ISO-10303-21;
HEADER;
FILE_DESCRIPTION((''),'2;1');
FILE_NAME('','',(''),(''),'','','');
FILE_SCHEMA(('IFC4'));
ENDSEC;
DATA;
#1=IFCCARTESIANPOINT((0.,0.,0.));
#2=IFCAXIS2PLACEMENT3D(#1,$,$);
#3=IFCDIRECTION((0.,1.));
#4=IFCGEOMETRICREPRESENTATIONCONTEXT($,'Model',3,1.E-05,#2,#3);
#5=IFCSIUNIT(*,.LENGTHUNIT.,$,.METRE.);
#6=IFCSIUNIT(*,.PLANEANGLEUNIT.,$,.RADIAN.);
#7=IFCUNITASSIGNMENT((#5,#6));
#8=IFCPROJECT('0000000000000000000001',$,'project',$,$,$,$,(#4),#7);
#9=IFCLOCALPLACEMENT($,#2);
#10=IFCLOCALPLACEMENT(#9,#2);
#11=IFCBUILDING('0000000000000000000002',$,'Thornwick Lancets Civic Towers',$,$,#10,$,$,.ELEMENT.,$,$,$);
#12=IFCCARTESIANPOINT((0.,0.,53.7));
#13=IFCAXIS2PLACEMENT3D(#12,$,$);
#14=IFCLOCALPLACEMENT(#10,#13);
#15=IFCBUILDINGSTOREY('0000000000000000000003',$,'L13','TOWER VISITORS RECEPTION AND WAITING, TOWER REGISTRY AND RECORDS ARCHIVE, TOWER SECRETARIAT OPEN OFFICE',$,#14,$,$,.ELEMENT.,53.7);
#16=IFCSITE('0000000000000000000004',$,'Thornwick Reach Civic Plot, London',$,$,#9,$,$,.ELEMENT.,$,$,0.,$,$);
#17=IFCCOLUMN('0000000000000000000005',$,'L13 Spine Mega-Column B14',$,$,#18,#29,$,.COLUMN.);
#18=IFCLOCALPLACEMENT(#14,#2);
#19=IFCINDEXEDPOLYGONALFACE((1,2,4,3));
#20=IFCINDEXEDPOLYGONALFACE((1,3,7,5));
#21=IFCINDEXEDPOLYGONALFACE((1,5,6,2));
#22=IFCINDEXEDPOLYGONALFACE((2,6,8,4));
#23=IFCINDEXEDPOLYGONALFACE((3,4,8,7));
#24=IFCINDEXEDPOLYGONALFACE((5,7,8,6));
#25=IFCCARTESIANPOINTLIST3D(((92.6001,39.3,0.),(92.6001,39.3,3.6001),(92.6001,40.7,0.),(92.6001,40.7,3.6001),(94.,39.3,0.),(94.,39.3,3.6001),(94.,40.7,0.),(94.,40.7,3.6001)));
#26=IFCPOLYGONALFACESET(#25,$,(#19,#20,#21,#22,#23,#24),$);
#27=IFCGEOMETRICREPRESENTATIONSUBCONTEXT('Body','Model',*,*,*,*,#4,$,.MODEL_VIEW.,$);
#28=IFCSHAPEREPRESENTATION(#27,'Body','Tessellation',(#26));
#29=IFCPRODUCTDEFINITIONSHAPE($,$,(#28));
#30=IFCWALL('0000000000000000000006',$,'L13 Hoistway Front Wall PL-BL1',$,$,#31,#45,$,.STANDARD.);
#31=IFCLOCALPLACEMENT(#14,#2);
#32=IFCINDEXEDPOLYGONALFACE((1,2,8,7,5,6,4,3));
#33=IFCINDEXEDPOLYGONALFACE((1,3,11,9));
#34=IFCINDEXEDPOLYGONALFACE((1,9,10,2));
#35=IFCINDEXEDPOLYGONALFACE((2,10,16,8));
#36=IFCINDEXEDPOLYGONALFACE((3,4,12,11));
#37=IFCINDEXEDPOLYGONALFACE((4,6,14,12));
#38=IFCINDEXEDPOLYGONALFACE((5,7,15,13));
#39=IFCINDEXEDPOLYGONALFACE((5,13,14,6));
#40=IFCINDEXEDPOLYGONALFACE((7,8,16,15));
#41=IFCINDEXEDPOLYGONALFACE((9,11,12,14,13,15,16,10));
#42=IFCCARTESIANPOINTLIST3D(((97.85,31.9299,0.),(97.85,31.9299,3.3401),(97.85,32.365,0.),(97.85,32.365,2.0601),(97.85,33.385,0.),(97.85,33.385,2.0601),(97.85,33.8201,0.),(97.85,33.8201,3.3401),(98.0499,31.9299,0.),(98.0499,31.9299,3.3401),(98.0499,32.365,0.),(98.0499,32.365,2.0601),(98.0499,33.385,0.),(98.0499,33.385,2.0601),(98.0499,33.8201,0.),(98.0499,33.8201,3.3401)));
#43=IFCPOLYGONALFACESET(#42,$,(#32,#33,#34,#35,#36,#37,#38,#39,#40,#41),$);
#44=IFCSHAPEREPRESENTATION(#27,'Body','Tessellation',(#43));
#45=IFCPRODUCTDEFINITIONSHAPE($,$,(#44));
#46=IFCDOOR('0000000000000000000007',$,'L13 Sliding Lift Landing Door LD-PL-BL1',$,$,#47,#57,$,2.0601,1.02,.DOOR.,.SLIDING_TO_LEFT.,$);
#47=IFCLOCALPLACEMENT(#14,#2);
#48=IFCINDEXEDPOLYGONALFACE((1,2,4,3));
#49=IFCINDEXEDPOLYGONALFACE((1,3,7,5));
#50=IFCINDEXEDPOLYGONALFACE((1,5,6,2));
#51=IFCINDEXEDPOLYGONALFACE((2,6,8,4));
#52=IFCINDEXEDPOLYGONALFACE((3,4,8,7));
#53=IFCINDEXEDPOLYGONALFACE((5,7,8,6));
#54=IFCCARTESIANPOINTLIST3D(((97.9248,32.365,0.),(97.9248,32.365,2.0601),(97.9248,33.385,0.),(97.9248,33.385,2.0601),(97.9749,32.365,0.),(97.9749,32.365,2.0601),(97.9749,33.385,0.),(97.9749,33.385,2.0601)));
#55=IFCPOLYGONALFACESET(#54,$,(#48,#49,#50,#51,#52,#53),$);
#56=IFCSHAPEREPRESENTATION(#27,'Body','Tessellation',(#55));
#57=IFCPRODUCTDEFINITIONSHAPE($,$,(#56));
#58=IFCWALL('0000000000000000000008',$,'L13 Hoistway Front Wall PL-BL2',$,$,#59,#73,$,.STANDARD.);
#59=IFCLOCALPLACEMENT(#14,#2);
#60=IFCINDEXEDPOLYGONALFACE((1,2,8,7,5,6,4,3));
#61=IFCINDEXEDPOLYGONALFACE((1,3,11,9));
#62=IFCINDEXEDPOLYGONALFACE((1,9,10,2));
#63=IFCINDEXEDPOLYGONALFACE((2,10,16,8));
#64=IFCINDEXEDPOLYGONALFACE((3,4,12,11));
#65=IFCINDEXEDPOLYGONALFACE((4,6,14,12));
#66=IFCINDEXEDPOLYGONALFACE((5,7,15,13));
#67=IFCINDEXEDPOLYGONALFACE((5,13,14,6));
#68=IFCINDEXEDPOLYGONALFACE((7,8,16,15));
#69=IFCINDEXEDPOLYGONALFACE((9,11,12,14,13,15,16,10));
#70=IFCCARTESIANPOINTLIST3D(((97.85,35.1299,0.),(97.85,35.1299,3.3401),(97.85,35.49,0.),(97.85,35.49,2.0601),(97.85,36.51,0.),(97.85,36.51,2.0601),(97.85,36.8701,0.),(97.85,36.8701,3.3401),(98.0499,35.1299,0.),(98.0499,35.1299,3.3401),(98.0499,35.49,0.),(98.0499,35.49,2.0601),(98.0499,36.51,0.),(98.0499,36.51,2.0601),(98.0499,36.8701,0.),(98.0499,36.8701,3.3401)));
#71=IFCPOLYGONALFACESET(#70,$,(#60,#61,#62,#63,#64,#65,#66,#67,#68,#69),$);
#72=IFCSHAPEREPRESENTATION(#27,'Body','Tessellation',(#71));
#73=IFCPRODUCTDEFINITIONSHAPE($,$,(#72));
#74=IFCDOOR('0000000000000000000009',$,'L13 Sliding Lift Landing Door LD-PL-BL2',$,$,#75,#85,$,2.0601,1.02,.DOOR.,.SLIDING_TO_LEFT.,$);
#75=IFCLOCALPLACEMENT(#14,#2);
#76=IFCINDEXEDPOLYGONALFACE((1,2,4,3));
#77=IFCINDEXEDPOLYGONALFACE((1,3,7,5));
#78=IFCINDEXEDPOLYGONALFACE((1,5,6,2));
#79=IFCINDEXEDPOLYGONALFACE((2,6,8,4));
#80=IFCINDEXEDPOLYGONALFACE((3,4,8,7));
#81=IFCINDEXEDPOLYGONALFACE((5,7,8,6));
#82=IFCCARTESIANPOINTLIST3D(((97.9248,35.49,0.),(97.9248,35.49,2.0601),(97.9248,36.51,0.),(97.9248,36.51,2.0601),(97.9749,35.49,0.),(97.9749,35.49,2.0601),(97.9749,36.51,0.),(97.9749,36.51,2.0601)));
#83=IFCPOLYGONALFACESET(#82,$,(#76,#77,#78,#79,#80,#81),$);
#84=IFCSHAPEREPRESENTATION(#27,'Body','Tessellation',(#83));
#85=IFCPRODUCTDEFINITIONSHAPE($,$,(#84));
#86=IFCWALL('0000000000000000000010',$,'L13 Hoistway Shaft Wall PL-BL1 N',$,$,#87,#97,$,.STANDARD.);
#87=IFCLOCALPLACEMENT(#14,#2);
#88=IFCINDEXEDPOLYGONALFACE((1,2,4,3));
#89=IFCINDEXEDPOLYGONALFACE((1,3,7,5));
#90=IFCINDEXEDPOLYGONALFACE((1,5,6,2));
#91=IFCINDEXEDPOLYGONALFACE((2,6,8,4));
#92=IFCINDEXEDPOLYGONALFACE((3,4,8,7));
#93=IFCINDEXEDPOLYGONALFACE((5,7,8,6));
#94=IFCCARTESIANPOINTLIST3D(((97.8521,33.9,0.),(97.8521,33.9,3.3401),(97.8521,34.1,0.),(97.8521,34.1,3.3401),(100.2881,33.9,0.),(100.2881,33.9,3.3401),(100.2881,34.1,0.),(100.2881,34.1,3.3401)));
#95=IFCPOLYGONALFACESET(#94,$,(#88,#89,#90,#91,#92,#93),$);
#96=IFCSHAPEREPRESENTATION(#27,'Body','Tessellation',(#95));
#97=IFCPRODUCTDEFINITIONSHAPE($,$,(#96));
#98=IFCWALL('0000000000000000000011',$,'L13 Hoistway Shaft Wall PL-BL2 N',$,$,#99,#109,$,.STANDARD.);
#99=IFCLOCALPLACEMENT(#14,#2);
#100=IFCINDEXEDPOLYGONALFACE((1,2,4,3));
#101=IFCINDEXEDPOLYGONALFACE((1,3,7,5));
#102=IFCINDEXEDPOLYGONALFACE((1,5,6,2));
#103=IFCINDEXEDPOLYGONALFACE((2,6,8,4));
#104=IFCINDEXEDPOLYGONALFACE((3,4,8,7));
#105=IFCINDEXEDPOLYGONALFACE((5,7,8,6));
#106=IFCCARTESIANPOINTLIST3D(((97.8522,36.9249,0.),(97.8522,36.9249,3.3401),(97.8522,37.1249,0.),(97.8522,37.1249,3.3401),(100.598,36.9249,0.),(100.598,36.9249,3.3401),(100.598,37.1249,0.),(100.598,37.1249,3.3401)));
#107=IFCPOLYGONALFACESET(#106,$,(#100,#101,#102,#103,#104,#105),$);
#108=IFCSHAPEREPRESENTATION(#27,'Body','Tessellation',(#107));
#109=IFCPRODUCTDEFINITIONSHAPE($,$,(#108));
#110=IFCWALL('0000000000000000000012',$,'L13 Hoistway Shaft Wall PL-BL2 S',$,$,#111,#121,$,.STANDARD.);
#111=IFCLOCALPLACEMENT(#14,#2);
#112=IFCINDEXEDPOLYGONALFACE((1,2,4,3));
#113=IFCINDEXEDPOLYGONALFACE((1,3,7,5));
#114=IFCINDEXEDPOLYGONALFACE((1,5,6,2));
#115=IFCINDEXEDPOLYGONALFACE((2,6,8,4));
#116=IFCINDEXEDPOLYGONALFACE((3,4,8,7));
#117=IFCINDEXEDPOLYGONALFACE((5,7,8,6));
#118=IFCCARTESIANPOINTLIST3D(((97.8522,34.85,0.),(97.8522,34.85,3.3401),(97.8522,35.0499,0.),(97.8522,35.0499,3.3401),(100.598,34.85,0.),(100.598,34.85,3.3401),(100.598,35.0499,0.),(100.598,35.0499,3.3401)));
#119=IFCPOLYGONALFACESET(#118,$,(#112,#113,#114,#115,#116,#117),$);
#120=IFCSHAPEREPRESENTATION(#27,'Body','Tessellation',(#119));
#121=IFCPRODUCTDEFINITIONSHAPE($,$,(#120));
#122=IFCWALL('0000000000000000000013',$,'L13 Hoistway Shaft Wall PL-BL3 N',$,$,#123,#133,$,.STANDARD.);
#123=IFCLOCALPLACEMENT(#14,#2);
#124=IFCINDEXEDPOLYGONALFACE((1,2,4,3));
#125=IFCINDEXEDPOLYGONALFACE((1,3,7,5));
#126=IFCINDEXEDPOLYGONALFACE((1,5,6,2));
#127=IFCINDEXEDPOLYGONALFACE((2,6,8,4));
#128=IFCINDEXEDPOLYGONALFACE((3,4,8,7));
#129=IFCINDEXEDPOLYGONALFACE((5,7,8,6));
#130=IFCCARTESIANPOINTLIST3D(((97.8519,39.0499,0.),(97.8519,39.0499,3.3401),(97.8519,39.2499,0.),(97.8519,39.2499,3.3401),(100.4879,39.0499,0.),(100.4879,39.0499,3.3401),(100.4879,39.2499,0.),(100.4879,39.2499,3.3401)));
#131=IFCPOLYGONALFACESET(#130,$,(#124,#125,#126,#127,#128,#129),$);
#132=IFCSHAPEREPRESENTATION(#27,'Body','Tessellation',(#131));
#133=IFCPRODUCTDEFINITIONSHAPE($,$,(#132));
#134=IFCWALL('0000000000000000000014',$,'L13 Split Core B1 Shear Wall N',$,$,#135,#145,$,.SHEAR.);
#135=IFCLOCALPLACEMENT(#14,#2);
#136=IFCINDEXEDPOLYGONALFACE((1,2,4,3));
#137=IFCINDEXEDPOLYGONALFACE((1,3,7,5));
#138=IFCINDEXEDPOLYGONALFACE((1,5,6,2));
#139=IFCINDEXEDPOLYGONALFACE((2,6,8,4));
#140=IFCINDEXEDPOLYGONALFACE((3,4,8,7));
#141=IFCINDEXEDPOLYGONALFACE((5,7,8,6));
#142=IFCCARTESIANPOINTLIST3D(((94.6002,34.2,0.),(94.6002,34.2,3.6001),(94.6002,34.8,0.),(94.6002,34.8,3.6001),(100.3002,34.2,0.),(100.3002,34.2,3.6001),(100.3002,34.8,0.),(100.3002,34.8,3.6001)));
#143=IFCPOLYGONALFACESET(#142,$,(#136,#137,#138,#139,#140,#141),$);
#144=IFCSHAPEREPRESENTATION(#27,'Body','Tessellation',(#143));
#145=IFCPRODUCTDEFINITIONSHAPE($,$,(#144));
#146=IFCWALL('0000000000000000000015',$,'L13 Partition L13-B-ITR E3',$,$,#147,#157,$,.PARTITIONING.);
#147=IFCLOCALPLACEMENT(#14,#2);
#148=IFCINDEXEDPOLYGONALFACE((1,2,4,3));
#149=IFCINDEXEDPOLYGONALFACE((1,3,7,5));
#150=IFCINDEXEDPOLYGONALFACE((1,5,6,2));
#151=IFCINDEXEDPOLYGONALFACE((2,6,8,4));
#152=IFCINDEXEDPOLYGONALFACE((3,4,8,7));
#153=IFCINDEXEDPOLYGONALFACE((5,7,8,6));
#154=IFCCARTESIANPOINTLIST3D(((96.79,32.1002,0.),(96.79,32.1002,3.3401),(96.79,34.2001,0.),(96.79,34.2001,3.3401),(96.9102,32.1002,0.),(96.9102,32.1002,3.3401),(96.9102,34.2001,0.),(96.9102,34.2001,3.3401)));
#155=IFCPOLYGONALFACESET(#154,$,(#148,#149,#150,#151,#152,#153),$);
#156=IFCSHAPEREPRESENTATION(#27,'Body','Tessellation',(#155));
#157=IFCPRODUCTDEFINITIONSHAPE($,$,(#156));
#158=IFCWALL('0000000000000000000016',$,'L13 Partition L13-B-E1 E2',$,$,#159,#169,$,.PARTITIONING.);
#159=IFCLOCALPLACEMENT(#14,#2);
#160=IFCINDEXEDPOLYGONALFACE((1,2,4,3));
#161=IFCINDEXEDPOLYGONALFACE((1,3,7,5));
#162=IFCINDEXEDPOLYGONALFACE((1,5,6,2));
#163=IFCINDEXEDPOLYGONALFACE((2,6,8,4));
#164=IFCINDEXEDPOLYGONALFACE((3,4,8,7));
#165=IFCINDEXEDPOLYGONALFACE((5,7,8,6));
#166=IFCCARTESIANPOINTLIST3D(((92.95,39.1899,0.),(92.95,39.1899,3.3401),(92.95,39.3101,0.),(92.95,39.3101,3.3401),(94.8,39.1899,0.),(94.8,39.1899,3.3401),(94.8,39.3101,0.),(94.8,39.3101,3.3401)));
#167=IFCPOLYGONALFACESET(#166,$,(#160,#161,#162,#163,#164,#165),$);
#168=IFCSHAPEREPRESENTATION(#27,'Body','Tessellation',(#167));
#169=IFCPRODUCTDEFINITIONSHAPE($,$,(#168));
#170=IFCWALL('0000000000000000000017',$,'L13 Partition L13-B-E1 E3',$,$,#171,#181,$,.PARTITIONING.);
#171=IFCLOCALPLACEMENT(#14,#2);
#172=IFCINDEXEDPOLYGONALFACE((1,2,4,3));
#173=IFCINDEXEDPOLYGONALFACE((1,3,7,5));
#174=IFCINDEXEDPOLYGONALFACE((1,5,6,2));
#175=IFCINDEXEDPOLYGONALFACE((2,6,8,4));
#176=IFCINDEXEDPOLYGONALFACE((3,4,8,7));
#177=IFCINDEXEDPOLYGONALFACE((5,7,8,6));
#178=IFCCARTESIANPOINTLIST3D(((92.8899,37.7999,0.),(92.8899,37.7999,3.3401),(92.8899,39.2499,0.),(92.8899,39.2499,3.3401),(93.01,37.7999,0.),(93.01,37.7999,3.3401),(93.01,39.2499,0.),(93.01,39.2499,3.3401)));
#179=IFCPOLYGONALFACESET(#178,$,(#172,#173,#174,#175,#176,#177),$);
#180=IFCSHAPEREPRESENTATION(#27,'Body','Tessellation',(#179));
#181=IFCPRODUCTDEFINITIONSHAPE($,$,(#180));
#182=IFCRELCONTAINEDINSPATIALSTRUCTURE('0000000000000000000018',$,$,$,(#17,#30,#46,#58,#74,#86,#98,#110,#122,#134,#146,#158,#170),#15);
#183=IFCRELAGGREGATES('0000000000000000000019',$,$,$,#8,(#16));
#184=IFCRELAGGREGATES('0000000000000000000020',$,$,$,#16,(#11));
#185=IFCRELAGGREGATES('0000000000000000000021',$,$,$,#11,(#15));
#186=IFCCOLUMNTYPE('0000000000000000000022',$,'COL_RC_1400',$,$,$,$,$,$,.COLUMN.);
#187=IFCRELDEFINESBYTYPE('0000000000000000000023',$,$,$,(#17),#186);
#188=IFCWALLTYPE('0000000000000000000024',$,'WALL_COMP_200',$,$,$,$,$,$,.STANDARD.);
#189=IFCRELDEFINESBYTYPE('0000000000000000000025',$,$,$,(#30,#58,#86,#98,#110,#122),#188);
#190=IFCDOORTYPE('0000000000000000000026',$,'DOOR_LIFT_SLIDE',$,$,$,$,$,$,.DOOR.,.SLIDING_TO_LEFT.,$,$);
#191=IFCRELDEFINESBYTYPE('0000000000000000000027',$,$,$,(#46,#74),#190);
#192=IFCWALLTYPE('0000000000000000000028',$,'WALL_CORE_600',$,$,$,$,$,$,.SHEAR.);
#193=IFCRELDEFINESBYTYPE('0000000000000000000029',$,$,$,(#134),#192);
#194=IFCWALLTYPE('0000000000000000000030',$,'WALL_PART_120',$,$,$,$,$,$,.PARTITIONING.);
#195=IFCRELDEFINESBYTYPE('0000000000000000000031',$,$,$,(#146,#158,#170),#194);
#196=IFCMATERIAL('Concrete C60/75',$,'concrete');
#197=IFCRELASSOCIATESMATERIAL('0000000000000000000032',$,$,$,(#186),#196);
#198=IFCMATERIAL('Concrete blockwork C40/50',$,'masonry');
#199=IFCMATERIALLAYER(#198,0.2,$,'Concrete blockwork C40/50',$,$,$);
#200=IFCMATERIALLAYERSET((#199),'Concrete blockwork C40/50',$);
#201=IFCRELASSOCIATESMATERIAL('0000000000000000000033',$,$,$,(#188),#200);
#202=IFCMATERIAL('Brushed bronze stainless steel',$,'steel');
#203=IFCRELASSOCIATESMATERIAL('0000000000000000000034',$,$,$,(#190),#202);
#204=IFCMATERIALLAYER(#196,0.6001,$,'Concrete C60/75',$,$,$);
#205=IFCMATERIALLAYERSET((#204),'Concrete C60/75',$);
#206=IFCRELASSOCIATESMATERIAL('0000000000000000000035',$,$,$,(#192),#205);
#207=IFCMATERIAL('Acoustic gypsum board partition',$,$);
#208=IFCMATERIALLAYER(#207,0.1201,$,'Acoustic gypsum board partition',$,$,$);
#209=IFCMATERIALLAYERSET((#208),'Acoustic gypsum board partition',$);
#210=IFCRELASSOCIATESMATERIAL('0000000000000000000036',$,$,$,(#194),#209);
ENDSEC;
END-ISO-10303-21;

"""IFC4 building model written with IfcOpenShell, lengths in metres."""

from ifc_helpers import new_model, si_unit, direction, frame, frame_2d, origin, origin_2d, place, context, subcontext, project, spatial, rectangle, extrude, material, layer, layer_set, material_profile, profile_set, type_object, element, fill, save


model = new_model("IFC4")

# Units and contexts
model_context = context("Model", 3, precision=1e-05, world=origin(), true_north=direction((0.0, 1.0)))
body_context = subcontext(model_context, "Body", "Model", "MODEL_VIEW")
ifc_project = project(units=[si_unit("LENGTHUNIT", "METRE"), si_unit("PLANEANGLEUNIT", "RADIAN")], contexts=[model_context])

# Site, building, storey
site_placement = place(None, origin())
site = spatial("IfcSite", under=ifc_project, at=site_placement, Name="Thornwick Reach Civic Plot, London", CompositionType="ELEMENT", RefElevation=0.0)
building_placement = place(site_placement, origin())
building = spatial("IfcBuilding", under=site, at=building_placement, Name="Thornwick Lancets Civic Towers", CompositionType="ELEMENT")
storey_placement = place(building_placement, frame((0.0, 0.0, 53.7)))
storey = spatial("IfcBuildingStorey", under=building, at=storey_placement, Name="L13", Description="TOWER VISITORS RECEPTION AND WAITING, TOWER REGISTRY AND RECORDS ARCHIVE, TOWER SECRETARIAT OPEN OFFICE", CompositionType="ELEMENT", Elevation=53.7)

# Column
ifc_material_1 = material(Name="Concrete C60/75", Category="concrete")
ifc_material_profile = material_profile(ifc_material_1, rectangle(XDim=1.3999, YDim=1.3999, at=origin_2d()), Name="RC 1400x1400")
ifc_profile_set = profile_set([ifc_material_profile], Name="Concrete C60/75")
column_type = type_object("IfcColumnType", Name="COL_RC_1400", PredefinedType="COLUMN", material=ifc_profile_set)
column_placement = place(storey_placement, frame((93.3, 40.0, 0.0), z_axis=(0.0, 0.0, 1.0), x_axis=(1.0, 0.0, 0.0)))
element("IfcColumn", 1, at=column_placement, inside=storey, type_object=column_type, Name="L13 Spine Mega-Column B14", PredefinedType="COLUMN", context=body_context, shape_type="SweptSolid", body=[
    extrude(rectangle(XDim=1.3999, YDim=1.3999, at=origin_2d()), origin(), (0.0, 0.0, 1.0), 3.6001),
])

# Walls, openings, doors
ifc_material_2 = material(Name="Concrete blockwork C40/50", Category="masonry")
ifc_layer_1 = layer(ifc_material_2, 0.2, Name="Concrete blockwork C40/50")
ifc_layer_set_1 = layer_set([ifc_layer_1], Name="Concrete blockwork C40/50")
wall_type_1 = type_object("IfcWallType", Name="WALL_COMP_200", PredefinedType="STANDARD", material=ifc_layer_set_1)
wall_1_placement = place(storey_placement, frame((97.95, 33.8201, 0.0), z_axis=(0.0, 0.0, 1.0), x_axis=(0.0, -1.0, 0.0)))
wall_1 = element("IfcWall", 2, at=wall_1_placement, inside=storey, type_object=wall_type_1, Name="L13 Hoistway Front Wall PL-BL1", PredefinedType="STANDARD", context=body_context, shape_type="SweptSolid", body=[
    extrude(rectangle(XDim=1.8901, YDim=0.2, at=frame_2d((0.9451, 0.0))), origin(), (0.0, 0.0, 1.0), 3.3401),
])
opening_1_placement = place(wall_1_placement, frame((0.4351, 0.0, 0.0)))
opening_1 = element("IfcOpeningElement", 3, at=opening_1_placement, cuts=wall_1, PredefinedType="OPENING", context=body_context, shape_type="SweptSolid", body=[
    extrude(rectangle(XDim=1.02, YDim=2.0601, at=frame_2d((0.51, 1.03))), frame((0.0, 0.1099, 0.0), z_axis=(0.0, -1.0, 0.0), x_axis=(1.0, 0.0, 0.0)), (0.0, 0.0, 1.0), 0.22),
])
ifc_material_3 = material(Name="Brushed bronze stainless steel", Category="steel")
door_type_1 = type_object("IfcDoorType", Name="DOOR_LIFT_SLIDE", OperationType="SLIDING_TO_LEFT", PredefinedType="DOOR", material=ifc_material_3)
door_1_placement = place(opening_1_placement, origin())
door_1 = element("IfcDoor", 4, at=door_1_placement, inside=storey, type_object=door_type_1, Name="L13 Sliding Lift Landing Door LD-PL-BL1", OperationType="SLIDING_TO_LEFT", OverallHeight=2.0601, OverallWidth=1.02, PredefinedType="DOOR", context=body_context, shape_type="SweptSolid", body=[
    extrude(rectangle(XDim=1.02, YDim=2.0601, at=frame_2d((0.51, 1.03))), frame((0.0, 0.0249, 0.0), z_axis=(0.0, -1.0, 0.0), x_axis=(1.0, 0.0, 0.0)), (0.0, 0.0, 1.0), 0.05),
])
fill(opening_1, door_1)
wall_2_placement = place(storey_placement, frame((97.95, 36.8701, 0.0), z_axis=(0.0, 0.0, 1.0), x_axis=(0.0, -1.0, 0.0)))
wall_2 = element("IfcWall", 5, at=wall_2_placement, inside=storey, type_object=wall_type_1, Name="L13 Hoistway Front Wall PL-BL2", PredefinedType="STANDARD", context=body_context, shape_type="SweptSolid", body=[
    extrude(rectangle(XDim=1.7402, YDim=0.2, at=frame_2d((0.8701, 0.0))), origin(), (0.0, 0.0, 1.0), 3.3401),
])
opening_2_placement = place(wall_2_placement, frame((0.3601, 0.0, 0.0)))
opening_2 = element("IfcOpeningElement", 6, at=opening_2_placement, cuts=wall_2, PredefinedType="OPENING", context=body_context, shape_type="SweptSolid", body=[
    extrude(rectangle(XDim=1.02, YDim=2.0601, at=frame_2d((0.51, 1.03))), frame((0.0, 0.1099, 0.0), z_axis=(0.0, -1.0, 0.0), x_axis=(1.0, 0.0, 0.0)), (0.0, 0.0, 1.0), 0.22),
])
door_2_placement = place(opening_2_placement, origin())
door_2 = element("IfcDoor", 7, at=door_2_placement, inside=storey, type_object=door_type_1, Name="L13 Sliding Lift Landing Door LD-PL-BL2", OperationType="SLIDING_TO_LEFT", OverallHeight=2.0601, OverallWidth=1.02, PredefinedType="DOOR", context=body_context, shape_type="SweptSolid", body=[
    extrude(rectangle(XDim=1.02, YDim=2.0601, at=frame_2d((0.51, 1.03))), frame((0.0, 0.0249, 0.0), z_axis=(0.0, -1.0, 0.0), x_axis=(1.0, 0.0, 0.0)), (0.0, 0.0, 1.0), 0.05),
])
fill(opening_2, door_2)

# Walls
wall_3_placement = place(storey_placement, frame((97.8521, 34.0, 0.0), z_axis=(0.0, 0.0, 1.0), x_axis=(1.0, 0.0, 0.0)))
element("IfcWall", 8, at=wall_3_placement, inside=storey, type_object=wall_type_1, Name="L13 Hoistway Shaft Wall PL-BL1 N", PredefinedType="STANDARD", context=body_context, shape_type="SweptSolid", body=[
    extrude(rectangle(XDim=2.436, YDim=0.2, at=frame_2d((1.218, 0.0))), origin(), (0.0, 0.0, 1.0), 3.3401),
])
for number, where, z_axis, x_axis, name in (
    (9, (97.8521, 37.0249, 0.0), (0.0, 0.0, 1.0), (1.0, 0.0, 0.0), "L13 Hoistway Shaft Wall PL-BL2 N"),
    (10, (97.8521, 34.95, 0.0), (0.0, 0.0, 1.0), (1.0, 0.0, 0.0), "L13 Hoistway Shaft Wall PL-BL2 S"),
):
    element("IfcWall", number, at=place(storey_placement, frame(where, z_axis=z_axis, x_axis=x_axis)), inside=storey, type_object=wall_type_1, Name=name, PredefinedType="STANDARD", context=body_context, shape_type="SweptSolid", body=[
        extrude(rectangle(XDim=2.7458, YDim=0.2, at=frame_2d((1.373, 0.0))), origin(), (0.0, 0.0, 1.0), 3.3401),
    ])
wall_4_placement = place(storey_placement, frame((97.8521, 39.1499, 0.0), z_axis=(0.0, 0.0, 1.0), x_axis=(1.0, 0.0, 0.0)))
element("IfcWall", 11, at=wall_4_placement, inside=storey, type_object=wall_type_1, Name="L13 Hoistway Shaft Wall PL-BL3 N", PredefinedType="STANDARD", context=body_context, shape_type="SweptSolid", body=[
    extrude(rectangle(XDim=2.636, YDim=0.2, at=frame_2d((1.3179, 0.0))), origin(), (0.0, 0.0, 1.0), 3.3401),
])
ifc_layer_2 = layer(ifc_material_1, 0.6001, Name="Concrete C60/75")
ifc_layer_set_2 = layer_set([ifc_layer_2], Name="Concrete C60/75")
wall_type_2 = type_object("IfcWallType", Name="WALL_CORE_600", PredefinedType="SHEAR", material=ifc_layer_set_2)
wall_5_placement = place(storey_placement, frame((94.6001, 34.5, 0.0), z_axis=(0.0, 0.0, 1.0), x_axis=(1.0, 0.0, 0.0)))
element("IfcWall", 12, at=wall_5_placement, inside=storey, type_object=wall_type_2, Name="L13 Split Core B1 Shear Wall N", PredefinedType="SHEAR", context=body_context, shape_type="SweptSolid", body=[
    extrude(rectangle(XDim=5.7, YDim=0.6001, at=frame_2d((2.8501, 0.0))), origin(), (0.0, 0.0, 1.0), 3.6001),
])
ifc_material_4 = material(Name="Acoustic gypsum board partition")
ifc_layer_3 = layer(ifc_material_4, 0.1201, Name="Acoustic gypsum board partition")
ifc_layer_set_3 = layer_set([ifc_layer_3], Name="Acoustic gypsum board partition")
wall_type_3 = type_object("IfcWallType", Name="WALL_PART_120", PredefinedType="PARTITIONING", material=ifc_layer_set_3)
wall_6_placement = place(storey_placement, frame((96.8501, 34.2, 0.0), z_axis=(0.0, 0.0, 1.0), x_axis=(0.0, -1.0, 0.0)))
element("IfcWall", 13, at=wall_6_placement, inside=storey, type_object=wall_type_3, Name="L13 Partition L13-B-ITR E3", PredefinedType="PARTITIONING", context=body_context, shape_type="SweptSolid", body=[
    extrude(rectangle(XDim=2.0999, YDim=0.1201, at=frame_2d((1.0498, 0.0))), origin(), (0.0, 0.0, 1.0), 3.3401),
])
wall_7_placement = place(storey_placement, frame((94.8, 39.25, 0.0), z_axis=(0.0, 0.0, 1.0), x_axis=(-1.0, 0.0, 0.0)))
element("IfcWall", 14, at=wall_7_placement, inside=storey, type_object=wall_type_3, Name="L13 Partition L13-B-E1 E2", PredefinedType="PARTITIONING", context=body_context, shape_type="SweptSolid", body=[
    extrude(rectangle(XDim=1.8501, YDim=0.1201, at=frame_2d((0.925, 0.0))), origin(), (0.0, 0.0, 1.0), 3.3401),
])
wall_8_placement = place(storey_placement, frame((92.95, 39.25, 0.0), z_axis=(0.0, 0.0, 1.0), x_axis=(0.0, -1.0, 0.0)))
element("IfcWall", 15, at=wall_8_placement, inside=storey, type_object=wall_type_3, Name="L13 Partition L13-B-E1 E3", PredefinedType="PARTITIONING", context=body_context, shape_type="SweptSolid", body=[
    extrude(rectangle(XDim=1.45, YDim=0.1201, at=frame_2d((0.7251, 0.0))), origin(), (0.0, 0.0, 1.0), 3.3401),
])

save(model, "model.ifc")
